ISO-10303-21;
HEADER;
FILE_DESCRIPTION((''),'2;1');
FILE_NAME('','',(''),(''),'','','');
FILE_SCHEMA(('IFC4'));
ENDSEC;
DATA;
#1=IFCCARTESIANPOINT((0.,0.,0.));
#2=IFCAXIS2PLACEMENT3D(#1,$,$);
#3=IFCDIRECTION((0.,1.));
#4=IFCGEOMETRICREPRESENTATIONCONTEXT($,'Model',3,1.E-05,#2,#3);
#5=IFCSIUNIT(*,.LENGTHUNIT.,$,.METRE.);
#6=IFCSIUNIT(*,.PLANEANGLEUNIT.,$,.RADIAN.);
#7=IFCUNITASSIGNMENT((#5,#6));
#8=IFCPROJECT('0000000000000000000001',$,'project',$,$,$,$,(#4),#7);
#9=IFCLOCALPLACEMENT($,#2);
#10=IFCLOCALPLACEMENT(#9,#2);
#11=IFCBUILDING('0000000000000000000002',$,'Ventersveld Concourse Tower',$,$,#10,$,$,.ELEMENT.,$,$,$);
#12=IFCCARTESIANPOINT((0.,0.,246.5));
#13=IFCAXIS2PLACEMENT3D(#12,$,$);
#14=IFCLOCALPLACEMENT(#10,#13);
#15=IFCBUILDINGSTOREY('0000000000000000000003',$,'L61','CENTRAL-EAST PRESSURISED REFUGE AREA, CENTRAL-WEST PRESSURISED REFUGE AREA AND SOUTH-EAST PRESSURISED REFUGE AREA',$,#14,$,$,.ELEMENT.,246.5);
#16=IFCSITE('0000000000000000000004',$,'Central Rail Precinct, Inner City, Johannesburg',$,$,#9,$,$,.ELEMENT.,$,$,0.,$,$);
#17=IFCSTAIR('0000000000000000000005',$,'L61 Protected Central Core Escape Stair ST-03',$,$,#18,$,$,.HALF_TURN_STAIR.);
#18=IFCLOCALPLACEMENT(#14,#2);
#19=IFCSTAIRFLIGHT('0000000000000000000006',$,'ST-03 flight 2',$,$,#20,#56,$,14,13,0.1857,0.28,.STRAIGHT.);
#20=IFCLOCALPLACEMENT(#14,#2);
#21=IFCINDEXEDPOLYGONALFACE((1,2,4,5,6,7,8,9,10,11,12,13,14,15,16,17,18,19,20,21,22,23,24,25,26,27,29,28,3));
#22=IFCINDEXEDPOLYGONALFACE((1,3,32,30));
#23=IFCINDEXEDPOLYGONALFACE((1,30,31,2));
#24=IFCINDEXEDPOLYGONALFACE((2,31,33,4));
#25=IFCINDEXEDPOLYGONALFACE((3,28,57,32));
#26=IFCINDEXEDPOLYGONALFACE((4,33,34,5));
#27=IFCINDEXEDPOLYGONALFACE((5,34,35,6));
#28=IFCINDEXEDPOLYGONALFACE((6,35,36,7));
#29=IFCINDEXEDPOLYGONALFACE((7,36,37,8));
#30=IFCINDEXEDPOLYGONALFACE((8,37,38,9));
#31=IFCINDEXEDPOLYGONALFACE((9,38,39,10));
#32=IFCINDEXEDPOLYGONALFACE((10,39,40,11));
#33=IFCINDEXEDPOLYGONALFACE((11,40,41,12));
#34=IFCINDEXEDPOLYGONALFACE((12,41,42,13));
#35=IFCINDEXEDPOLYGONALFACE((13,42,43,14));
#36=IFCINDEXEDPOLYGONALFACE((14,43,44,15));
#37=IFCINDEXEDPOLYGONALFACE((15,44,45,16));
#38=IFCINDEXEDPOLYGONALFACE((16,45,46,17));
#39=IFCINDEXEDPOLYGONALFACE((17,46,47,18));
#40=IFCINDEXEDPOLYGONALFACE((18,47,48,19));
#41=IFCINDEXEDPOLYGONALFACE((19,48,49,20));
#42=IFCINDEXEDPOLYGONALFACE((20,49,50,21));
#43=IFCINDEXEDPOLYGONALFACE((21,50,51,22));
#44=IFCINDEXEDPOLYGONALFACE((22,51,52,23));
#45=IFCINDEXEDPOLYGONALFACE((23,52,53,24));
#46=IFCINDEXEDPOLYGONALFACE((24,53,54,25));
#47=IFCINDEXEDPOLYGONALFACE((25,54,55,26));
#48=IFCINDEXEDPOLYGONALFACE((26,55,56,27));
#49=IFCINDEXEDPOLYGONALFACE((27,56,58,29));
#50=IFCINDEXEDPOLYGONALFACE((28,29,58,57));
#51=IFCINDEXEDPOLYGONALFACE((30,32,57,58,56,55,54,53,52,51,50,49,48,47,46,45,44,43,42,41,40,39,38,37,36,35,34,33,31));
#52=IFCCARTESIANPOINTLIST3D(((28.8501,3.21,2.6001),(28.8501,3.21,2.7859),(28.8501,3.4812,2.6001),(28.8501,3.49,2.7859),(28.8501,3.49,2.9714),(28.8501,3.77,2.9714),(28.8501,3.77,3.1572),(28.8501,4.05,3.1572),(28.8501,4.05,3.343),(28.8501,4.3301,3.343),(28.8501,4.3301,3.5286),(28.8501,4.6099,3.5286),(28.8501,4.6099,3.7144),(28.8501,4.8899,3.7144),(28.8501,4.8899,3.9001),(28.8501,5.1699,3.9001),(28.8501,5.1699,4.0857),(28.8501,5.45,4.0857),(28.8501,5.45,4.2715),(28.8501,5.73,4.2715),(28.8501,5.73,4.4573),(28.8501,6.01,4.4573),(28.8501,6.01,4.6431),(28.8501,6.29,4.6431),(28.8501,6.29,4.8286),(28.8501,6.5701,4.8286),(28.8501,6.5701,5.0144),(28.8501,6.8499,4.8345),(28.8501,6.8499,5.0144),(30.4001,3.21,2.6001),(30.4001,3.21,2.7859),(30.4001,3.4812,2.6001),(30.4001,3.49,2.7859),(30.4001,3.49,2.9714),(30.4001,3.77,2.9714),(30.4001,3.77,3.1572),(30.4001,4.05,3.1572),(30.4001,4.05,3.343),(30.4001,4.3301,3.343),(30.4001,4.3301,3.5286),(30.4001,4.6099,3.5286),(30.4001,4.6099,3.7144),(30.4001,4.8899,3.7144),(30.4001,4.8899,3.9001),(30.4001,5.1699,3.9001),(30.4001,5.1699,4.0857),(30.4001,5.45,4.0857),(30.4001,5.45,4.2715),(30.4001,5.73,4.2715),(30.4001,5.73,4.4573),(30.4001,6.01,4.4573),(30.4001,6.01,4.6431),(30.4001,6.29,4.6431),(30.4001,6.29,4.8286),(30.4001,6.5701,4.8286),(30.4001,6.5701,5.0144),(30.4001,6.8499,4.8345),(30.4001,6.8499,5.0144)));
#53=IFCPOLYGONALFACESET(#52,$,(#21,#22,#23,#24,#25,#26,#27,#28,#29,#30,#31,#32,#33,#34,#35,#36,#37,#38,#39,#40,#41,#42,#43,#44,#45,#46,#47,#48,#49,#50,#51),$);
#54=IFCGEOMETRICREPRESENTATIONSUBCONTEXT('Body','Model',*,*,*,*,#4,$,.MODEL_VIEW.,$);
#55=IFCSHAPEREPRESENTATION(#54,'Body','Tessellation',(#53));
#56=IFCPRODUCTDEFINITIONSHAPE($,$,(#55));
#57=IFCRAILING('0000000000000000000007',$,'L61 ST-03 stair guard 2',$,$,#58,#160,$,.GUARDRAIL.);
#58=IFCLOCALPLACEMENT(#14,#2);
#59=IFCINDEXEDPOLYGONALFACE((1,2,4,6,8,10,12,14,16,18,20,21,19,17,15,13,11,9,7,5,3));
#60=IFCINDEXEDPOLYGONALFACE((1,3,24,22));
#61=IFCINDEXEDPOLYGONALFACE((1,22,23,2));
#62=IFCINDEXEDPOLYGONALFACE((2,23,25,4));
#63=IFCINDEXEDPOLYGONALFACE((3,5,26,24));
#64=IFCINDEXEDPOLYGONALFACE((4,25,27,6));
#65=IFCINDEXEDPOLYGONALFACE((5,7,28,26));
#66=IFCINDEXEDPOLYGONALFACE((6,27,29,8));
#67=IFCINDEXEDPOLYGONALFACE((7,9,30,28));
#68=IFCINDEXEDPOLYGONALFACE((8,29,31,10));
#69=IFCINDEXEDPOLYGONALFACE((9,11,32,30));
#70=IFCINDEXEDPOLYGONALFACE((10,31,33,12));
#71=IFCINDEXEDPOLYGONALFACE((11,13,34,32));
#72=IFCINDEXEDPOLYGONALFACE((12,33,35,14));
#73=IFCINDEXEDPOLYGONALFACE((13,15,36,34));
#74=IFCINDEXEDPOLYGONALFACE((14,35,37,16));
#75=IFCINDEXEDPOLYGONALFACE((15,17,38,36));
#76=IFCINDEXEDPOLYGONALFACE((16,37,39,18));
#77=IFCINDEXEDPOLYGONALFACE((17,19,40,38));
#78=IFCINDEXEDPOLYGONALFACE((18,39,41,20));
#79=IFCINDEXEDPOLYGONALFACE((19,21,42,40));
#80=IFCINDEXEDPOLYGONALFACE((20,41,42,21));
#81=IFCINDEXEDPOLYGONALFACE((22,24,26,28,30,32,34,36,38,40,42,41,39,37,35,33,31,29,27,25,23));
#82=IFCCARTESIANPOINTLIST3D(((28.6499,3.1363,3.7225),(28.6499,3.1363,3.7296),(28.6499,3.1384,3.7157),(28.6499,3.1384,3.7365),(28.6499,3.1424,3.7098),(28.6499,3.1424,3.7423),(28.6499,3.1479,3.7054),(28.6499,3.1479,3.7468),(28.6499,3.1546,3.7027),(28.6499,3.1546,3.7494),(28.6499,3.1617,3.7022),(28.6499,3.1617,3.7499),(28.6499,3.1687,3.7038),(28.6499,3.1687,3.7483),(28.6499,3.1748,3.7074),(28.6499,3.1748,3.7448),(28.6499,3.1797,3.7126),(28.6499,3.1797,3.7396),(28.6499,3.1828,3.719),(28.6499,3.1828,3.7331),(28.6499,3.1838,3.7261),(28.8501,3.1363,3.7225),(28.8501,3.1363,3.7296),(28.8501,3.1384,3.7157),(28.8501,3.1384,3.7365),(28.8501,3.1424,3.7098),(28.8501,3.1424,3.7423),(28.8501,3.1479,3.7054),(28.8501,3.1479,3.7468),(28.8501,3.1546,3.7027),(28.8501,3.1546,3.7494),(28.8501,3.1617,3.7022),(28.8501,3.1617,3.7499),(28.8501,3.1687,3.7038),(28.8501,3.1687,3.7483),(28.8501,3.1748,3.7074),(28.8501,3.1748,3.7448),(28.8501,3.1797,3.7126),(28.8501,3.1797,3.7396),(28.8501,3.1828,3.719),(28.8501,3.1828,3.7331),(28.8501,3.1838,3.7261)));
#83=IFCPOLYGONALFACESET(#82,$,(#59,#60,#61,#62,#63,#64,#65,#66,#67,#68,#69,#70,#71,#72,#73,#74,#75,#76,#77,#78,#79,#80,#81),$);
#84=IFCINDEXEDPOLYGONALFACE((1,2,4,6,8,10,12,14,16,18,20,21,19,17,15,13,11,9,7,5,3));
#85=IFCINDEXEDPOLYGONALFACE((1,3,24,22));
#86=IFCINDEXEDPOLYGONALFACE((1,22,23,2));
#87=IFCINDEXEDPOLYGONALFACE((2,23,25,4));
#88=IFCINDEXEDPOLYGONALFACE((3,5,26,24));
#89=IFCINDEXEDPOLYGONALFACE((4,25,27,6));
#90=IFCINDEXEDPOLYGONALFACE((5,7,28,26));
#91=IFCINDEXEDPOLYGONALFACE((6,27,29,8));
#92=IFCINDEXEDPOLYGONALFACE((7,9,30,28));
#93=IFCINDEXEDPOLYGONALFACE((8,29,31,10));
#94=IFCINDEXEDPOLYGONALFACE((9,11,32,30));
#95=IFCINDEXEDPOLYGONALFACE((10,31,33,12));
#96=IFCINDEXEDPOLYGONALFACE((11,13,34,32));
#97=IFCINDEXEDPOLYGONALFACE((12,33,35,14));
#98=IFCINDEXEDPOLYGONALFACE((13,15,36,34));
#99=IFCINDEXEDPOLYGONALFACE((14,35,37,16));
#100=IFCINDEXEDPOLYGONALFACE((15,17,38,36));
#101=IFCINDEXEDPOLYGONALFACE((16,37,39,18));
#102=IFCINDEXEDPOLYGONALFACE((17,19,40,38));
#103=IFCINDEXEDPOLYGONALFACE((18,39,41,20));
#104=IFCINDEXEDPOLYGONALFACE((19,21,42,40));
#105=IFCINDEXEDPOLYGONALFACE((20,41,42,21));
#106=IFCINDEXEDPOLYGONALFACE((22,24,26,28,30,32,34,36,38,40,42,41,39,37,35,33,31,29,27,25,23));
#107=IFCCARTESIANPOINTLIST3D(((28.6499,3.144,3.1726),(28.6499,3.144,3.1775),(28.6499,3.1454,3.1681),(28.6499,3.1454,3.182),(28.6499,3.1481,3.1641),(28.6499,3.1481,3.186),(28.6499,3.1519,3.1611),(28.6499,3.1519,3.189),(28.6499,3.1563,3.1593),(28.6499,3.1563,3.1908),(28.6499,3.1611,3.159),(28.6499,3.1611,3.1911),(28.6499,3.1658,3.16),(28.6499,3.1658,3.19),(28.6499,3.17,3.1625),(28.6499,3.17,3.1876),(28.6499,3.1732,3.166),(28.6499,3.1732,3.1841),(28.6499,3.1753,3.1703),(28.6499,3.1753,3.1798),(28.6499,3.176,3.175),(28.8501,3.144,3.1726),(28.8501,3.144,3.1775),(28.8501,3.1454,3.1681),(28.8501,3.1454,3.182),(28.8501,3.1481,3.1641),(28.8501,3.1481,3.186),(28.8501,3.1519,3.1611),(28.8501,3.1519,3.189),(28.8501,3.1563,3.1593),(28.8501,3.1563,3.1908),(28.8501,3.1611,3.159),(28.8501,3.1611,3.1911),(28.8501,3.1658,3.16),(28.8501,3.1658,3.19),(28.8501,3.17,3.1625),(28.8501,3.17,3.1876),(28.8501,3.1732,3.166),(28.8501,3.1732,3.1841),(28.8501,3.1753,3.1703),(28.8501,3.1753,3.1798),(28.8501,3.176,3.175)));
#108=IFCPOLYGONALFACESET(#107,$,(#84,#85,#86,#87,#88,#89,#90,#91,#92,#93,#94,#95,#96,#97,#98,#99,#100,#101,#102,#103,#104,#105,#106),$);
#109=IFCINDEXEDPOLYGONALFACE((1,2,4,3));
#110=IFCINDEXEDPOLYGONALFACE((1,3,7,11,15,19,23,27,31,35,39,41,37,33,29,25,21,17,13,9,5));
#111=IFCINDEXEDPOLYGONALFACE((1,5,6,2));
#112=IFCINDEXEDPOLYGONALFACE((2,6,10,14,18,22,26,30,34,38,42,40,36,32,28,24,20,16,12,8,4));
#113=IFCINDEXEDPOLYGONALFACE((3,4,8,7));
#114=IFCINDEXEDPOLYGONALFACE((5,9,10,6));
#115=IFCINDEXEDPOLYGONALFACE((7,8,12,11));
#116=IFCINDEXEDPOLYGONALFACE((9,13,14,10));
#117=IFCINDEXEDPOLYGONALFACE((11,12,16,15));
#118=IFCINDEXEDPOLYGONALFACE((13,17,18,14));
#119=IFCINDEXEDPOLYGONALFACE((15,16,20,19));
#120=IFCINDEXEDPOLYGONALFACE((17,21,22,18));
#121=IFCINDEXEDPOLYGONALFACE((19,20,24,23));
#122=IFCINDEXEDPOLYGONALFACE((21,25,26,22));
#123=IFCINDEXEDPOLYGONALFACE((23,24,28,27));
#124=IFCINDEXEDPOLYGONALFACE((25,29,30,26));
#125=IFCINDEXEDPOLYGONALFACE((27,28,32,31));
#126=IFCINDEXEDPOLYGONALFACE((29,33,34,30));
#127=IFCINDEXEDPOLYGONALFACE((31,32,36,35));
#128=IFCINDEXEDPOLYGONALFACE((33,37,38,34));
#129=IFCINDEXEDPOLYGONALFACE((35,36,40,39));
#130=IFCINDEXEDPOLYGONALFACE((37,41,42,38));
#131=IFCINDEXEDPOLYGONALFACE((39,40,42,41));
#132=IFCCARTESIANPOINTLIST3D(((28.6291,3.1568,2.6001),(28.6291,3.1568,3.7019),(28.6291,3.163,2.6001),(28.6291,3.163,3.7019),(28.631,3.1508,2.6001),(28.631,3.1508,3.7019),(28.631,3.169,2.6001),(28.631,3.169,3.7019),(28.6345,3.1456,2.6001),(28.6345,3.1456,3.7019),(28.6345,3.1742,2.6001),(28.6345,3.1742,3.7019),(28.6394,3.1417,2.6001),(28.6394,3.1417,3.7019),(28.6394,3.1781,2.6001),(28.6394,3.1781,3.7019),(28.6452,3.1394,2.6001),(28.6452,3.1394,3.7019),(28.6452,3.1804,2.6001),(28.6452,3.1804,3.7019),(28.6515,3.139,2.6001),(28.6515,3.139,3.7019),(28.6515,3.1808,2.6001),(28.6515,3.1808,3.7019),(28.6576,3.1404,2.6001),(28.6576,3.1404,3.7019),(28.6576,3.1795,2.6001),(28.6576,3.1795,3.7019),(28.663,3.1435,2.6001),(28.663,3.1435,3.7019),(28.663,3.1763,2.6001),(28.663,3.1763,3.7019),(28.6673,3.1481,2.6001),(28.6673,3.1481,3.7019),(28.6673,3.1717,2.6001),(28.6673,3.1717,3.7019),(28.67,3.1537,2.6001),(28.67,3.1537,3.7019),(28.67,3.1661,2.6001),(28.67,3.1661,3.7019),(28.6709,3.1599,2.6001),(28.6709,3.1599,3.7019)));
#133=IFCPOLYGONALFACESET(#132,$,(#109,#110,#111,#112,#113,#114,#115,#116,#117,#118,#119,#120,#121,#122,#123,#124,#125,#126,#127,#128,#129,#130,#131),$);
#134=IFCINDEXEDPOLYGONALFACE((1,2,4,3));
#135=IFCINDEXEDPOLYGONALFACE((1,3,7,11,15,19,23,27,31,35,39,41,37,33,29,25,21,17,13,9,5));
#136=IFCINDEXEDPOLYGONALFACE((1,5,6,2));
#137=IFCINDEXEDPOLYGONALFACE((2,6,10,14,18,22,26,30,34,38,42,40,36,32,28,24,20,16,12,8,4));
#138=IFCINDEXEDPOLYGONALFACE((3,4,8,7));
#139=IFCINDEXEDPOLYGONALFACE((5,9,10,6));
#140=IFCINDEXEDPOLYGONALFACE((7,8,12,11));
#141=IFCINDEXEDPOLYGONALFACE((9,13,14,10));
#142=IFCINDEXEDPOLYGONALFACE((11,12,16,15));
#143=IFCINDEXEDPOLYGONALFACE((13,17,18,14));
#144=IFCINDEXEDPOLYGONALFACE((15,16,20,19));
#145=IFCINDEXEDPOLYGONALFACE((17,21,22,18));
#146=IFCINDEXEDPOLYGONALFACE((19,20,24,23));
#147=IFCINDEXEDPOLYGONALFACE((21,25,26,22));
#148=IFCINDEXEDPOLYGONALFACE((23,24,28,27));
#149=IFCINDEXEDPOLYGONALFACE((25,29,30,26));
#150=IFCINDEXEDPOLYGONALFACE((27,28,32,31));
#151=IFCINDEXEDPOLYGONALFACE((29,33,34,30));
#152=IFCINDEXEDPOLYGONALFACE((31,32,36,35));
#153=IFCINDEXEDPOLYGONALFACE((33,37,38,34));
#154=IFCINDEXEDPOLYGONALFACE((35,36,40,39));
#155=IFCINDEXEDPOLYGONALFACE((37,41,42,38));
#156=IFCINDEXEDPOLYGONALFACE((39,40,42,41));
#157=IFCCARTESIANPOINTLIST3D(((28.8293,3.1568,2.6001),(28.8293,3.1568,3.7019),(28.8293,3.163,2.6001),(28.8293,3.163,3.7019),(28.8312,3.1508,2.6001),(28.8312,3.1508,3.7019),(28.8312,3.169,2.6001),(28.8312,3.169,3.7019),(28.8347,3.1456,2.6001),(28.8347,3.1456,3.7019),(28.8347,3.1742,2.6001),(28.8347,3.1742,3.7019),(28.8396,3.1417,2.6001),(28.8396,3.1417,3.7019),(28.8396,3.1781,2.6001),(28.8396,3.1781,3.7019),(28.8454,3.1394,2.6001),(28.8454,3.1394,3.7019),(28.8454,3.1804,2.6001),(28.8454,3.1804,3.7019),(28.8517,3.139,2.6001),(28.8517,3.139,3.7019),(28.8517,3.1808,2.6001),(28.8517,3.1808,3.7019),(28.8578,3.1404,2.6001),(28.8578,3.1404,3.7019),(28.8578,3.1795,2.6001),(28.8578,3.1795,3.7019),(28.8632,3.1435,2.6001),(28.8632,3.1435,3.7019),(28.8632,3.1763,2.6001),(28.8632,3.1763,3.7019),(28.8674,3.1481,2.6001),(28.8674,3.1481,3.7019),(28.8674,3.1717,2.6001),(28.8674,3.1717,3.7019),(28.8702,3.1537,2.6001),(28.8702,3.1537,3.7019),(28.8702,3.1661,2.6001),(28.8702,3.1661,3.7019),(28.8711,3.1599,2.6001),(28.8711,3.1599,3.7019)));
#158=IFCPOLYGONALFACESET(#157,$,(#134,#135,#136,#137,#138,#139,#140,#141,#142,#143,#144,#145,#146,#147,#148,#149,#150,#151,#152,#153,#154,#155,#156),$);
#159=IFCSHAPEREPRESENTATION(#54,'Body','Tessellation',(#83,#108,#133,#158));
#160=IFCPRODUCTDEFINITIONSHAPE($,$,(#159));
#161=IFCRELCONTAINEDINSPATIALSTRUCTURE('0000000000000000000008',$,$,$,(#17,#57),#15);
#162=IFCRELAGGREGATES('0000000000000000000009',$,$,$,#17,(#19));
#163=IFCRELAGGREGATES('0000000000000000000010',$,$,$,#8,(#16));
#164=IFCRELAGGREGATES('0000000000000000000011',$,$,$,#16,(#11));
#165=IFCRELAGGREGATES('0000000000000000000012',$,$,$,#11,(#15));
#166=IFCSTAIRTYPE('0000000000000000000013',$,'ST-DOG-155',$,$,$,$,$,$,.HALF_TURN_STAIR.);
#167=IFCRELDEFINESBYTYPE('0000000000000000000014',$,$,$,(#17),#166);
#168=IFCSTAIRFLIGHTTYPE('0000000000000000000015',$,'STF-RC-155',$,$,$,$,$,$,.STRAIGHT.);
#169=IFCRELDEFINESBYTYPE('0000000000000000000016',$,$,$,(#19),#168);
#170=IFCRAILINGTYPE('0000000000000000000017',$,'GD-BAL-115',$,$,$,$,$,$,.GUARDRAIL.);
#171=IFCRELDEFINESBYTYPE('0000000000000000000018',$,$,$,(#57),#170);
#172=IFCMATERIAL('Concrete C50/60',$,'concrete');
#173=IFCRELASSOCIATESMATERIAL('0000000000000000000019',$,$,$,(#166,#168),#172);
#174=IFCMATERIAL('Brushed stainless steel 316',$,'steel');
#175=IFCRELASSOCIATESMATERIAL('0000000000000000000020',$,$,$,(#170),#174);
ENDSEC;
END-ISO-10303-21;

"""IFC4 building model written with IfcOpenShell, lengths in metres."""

from ifc_helpers import new_model, si_unit, direction, frame, origin, origin_2d, place, context, subcontext, project, spatial, polyline, circle, outline, extrude, material, type_object, element, aggregate, save


model = new_model("IFC4")

# Units and contexts
model_context = context("Model", 3, precision=1e-05, world=origin(), true_north=direction((0.0, 1.0)))
body_context = subcontext(model_context, "Body", "Model", "MODEL_VIEW")
ifc_project = project(units=[si_unit("LENGTHUNIT", "METRE"), si_unit("PLANEANGLEUNIT", "RADIAN")], contexts=[model_context])

# Site, building, storey
site_placement = place(None, origin())
site = spatial("IfcSite", under=ifc_project, at=site_placement, Name="Central Rail Precinct, Inner City, Johannesburg", CompositionType="ELEMENT", RefElevation=0.0)
building_placement = place(site_placement, origin())
building = spatial("IfcBuilding", under=site, at=building_placement, Name="Ventersveld Concourse Tower", CompositionType="ELEMENT")
storey_placement = place(building_placement, frame((0.0, 0.0, 246.5)))
storey = spatial("IfcBuildingStorey", under=building, at=storey_placement, Name="L61", Description="CENTRAL-EAST PRESSURISED REFUGE AREA, CENTRAL-WEST PRESSURISED REFUGE AREA AND SOUTH-EAST PRESSURISED REFUGE AREA", CompositionType="ELEMENT", Elevation=246.5)

# Shared definitions
ifc_material_1 = material(Name="Concrete C50/60", Category="concrete")

# Stair, stair flight
stair_type = type_object("IfcStairType", Name="ST-DOG-155", PredefinedType="HALF_TURN_STAIR", material=ifc_material_1)
stair_placement = place(storey_placement, origin())
stair = element("IfcStair", 1, at=stair_placement, inside=storey, type_object=stair_type, Name="L61 Protected Central Core Escape Stair ST-03", PredefinedType="HALF_TURN_STAIR")
stair_flight_type = type_object("IfcStairFlightType", Name="STF-RC-155", PredefinedType="STRAIGHT", material=ifc_material_1)
stair_flight_placement = place(storey_placement, frame((29.625, 3.21, 2.6001), z_axis=(0.0, 0.0, 1.0), x_axis=(0.0, 1.0, 0.0)))
stair_flight = element("IfcStairFlight", 2, at=stair_flight_placement, type_object=stair_flight_type, Name="ST-03 flight 2", NumberOfRisers=14, NumberOfTreads=13, PredefinedType="STRAIGHT", RiserHeight=0.1857, TreadLength=0.28, context=body_context, shape_type="SweptSolid", body=[
    extrude(outline(polyline([(0.0, 0.0), (0.0, 0.1858), (0.28, 0.1858), (0.28, 0.3713), (0.5601, 0.3713), (0.5601, 0.5571), (0.8401, 0.5571), (0.8401, 0.7429), (1.1201, 0.7429), (1.1201, 0.9285), (1.3999, 0.9285), (1.3999, 1.1143), (1.6799, 1.1143), (1.6799, 1.3), (1.96, 1.3), (1.96, 1.4856), (2.24, 1.4856), (2.24, 1.6714), (2.52, 1.6714), (2.52, 1.8572), (2.8, 1.8572), (2.8, 2.043), (3.0801, 2.043), (3.0801, 2.2285), (3.3601, 2.2285), (3.3601, 2.4143), (3.6399, 2.4143), (3.6399, 2.6001), (3.6399, 2.2344), (0.2712, 0.0), (0.0, 0.0)])), frame((0.0, 0.7749, 0.0), z_axis=(0.0, -1.0, 0.0), x_axis=(1.0, 0.0, 0.0)), (0.0, 0.0, 1.0), 1.55),
])
aggregate(stair, [stair_flight])

# Railing
ifc_material_2 = material(Name="Brushed stainless steel 316", Category="steel")
railing_type_1 = type_object("IfcRailingType", Name="GD-BAL-115", PredefinedType="GUARDRAIL", material=ifc_material_2)
railing_1_placement = place(storey_placement, frame((28.6499, 3.1599, 2.6001)))
element("IfcRailing", 3, at=railing_1_placement, inside=storey, type_object=railing_type_1, Name="L61 ST-03 stair guard 2", PredefinedType="GUARDRAIL", context=body_context, shape_type="SweptSolid", body=[
    extrude(circle(Radius=0.0239, at=origin_2d()), frame((0.0, 0.0, 1.126), z_axis=(1.0, 0.0, 0.0), x_axis=(0.0, 1.0, 0.0)), (0.0, 0.0, 1.0), 0.2002),
    extrude(circle(Radius=0.0161, at=origin_2d()), frame((0.0, 0.0, 0.575), z_axis=(1.0, 0.0, 0.0), x_axis=(0.0, 1.0, 0.0)), (0.0, 0.0, 1.0), 0.2002),
    extrude(circle(Radius=0.021, at=origin_2d()), origin(), (0.0, 0.0, 1.0), 1.1018),
    extrude(circle(Radius=0.021, at=origin_2d()), frame((0.2002, 0.0, 0.0)), (0.0, 0.0, 1.0), 1.1018),
])

save(model, "model.ifc")
